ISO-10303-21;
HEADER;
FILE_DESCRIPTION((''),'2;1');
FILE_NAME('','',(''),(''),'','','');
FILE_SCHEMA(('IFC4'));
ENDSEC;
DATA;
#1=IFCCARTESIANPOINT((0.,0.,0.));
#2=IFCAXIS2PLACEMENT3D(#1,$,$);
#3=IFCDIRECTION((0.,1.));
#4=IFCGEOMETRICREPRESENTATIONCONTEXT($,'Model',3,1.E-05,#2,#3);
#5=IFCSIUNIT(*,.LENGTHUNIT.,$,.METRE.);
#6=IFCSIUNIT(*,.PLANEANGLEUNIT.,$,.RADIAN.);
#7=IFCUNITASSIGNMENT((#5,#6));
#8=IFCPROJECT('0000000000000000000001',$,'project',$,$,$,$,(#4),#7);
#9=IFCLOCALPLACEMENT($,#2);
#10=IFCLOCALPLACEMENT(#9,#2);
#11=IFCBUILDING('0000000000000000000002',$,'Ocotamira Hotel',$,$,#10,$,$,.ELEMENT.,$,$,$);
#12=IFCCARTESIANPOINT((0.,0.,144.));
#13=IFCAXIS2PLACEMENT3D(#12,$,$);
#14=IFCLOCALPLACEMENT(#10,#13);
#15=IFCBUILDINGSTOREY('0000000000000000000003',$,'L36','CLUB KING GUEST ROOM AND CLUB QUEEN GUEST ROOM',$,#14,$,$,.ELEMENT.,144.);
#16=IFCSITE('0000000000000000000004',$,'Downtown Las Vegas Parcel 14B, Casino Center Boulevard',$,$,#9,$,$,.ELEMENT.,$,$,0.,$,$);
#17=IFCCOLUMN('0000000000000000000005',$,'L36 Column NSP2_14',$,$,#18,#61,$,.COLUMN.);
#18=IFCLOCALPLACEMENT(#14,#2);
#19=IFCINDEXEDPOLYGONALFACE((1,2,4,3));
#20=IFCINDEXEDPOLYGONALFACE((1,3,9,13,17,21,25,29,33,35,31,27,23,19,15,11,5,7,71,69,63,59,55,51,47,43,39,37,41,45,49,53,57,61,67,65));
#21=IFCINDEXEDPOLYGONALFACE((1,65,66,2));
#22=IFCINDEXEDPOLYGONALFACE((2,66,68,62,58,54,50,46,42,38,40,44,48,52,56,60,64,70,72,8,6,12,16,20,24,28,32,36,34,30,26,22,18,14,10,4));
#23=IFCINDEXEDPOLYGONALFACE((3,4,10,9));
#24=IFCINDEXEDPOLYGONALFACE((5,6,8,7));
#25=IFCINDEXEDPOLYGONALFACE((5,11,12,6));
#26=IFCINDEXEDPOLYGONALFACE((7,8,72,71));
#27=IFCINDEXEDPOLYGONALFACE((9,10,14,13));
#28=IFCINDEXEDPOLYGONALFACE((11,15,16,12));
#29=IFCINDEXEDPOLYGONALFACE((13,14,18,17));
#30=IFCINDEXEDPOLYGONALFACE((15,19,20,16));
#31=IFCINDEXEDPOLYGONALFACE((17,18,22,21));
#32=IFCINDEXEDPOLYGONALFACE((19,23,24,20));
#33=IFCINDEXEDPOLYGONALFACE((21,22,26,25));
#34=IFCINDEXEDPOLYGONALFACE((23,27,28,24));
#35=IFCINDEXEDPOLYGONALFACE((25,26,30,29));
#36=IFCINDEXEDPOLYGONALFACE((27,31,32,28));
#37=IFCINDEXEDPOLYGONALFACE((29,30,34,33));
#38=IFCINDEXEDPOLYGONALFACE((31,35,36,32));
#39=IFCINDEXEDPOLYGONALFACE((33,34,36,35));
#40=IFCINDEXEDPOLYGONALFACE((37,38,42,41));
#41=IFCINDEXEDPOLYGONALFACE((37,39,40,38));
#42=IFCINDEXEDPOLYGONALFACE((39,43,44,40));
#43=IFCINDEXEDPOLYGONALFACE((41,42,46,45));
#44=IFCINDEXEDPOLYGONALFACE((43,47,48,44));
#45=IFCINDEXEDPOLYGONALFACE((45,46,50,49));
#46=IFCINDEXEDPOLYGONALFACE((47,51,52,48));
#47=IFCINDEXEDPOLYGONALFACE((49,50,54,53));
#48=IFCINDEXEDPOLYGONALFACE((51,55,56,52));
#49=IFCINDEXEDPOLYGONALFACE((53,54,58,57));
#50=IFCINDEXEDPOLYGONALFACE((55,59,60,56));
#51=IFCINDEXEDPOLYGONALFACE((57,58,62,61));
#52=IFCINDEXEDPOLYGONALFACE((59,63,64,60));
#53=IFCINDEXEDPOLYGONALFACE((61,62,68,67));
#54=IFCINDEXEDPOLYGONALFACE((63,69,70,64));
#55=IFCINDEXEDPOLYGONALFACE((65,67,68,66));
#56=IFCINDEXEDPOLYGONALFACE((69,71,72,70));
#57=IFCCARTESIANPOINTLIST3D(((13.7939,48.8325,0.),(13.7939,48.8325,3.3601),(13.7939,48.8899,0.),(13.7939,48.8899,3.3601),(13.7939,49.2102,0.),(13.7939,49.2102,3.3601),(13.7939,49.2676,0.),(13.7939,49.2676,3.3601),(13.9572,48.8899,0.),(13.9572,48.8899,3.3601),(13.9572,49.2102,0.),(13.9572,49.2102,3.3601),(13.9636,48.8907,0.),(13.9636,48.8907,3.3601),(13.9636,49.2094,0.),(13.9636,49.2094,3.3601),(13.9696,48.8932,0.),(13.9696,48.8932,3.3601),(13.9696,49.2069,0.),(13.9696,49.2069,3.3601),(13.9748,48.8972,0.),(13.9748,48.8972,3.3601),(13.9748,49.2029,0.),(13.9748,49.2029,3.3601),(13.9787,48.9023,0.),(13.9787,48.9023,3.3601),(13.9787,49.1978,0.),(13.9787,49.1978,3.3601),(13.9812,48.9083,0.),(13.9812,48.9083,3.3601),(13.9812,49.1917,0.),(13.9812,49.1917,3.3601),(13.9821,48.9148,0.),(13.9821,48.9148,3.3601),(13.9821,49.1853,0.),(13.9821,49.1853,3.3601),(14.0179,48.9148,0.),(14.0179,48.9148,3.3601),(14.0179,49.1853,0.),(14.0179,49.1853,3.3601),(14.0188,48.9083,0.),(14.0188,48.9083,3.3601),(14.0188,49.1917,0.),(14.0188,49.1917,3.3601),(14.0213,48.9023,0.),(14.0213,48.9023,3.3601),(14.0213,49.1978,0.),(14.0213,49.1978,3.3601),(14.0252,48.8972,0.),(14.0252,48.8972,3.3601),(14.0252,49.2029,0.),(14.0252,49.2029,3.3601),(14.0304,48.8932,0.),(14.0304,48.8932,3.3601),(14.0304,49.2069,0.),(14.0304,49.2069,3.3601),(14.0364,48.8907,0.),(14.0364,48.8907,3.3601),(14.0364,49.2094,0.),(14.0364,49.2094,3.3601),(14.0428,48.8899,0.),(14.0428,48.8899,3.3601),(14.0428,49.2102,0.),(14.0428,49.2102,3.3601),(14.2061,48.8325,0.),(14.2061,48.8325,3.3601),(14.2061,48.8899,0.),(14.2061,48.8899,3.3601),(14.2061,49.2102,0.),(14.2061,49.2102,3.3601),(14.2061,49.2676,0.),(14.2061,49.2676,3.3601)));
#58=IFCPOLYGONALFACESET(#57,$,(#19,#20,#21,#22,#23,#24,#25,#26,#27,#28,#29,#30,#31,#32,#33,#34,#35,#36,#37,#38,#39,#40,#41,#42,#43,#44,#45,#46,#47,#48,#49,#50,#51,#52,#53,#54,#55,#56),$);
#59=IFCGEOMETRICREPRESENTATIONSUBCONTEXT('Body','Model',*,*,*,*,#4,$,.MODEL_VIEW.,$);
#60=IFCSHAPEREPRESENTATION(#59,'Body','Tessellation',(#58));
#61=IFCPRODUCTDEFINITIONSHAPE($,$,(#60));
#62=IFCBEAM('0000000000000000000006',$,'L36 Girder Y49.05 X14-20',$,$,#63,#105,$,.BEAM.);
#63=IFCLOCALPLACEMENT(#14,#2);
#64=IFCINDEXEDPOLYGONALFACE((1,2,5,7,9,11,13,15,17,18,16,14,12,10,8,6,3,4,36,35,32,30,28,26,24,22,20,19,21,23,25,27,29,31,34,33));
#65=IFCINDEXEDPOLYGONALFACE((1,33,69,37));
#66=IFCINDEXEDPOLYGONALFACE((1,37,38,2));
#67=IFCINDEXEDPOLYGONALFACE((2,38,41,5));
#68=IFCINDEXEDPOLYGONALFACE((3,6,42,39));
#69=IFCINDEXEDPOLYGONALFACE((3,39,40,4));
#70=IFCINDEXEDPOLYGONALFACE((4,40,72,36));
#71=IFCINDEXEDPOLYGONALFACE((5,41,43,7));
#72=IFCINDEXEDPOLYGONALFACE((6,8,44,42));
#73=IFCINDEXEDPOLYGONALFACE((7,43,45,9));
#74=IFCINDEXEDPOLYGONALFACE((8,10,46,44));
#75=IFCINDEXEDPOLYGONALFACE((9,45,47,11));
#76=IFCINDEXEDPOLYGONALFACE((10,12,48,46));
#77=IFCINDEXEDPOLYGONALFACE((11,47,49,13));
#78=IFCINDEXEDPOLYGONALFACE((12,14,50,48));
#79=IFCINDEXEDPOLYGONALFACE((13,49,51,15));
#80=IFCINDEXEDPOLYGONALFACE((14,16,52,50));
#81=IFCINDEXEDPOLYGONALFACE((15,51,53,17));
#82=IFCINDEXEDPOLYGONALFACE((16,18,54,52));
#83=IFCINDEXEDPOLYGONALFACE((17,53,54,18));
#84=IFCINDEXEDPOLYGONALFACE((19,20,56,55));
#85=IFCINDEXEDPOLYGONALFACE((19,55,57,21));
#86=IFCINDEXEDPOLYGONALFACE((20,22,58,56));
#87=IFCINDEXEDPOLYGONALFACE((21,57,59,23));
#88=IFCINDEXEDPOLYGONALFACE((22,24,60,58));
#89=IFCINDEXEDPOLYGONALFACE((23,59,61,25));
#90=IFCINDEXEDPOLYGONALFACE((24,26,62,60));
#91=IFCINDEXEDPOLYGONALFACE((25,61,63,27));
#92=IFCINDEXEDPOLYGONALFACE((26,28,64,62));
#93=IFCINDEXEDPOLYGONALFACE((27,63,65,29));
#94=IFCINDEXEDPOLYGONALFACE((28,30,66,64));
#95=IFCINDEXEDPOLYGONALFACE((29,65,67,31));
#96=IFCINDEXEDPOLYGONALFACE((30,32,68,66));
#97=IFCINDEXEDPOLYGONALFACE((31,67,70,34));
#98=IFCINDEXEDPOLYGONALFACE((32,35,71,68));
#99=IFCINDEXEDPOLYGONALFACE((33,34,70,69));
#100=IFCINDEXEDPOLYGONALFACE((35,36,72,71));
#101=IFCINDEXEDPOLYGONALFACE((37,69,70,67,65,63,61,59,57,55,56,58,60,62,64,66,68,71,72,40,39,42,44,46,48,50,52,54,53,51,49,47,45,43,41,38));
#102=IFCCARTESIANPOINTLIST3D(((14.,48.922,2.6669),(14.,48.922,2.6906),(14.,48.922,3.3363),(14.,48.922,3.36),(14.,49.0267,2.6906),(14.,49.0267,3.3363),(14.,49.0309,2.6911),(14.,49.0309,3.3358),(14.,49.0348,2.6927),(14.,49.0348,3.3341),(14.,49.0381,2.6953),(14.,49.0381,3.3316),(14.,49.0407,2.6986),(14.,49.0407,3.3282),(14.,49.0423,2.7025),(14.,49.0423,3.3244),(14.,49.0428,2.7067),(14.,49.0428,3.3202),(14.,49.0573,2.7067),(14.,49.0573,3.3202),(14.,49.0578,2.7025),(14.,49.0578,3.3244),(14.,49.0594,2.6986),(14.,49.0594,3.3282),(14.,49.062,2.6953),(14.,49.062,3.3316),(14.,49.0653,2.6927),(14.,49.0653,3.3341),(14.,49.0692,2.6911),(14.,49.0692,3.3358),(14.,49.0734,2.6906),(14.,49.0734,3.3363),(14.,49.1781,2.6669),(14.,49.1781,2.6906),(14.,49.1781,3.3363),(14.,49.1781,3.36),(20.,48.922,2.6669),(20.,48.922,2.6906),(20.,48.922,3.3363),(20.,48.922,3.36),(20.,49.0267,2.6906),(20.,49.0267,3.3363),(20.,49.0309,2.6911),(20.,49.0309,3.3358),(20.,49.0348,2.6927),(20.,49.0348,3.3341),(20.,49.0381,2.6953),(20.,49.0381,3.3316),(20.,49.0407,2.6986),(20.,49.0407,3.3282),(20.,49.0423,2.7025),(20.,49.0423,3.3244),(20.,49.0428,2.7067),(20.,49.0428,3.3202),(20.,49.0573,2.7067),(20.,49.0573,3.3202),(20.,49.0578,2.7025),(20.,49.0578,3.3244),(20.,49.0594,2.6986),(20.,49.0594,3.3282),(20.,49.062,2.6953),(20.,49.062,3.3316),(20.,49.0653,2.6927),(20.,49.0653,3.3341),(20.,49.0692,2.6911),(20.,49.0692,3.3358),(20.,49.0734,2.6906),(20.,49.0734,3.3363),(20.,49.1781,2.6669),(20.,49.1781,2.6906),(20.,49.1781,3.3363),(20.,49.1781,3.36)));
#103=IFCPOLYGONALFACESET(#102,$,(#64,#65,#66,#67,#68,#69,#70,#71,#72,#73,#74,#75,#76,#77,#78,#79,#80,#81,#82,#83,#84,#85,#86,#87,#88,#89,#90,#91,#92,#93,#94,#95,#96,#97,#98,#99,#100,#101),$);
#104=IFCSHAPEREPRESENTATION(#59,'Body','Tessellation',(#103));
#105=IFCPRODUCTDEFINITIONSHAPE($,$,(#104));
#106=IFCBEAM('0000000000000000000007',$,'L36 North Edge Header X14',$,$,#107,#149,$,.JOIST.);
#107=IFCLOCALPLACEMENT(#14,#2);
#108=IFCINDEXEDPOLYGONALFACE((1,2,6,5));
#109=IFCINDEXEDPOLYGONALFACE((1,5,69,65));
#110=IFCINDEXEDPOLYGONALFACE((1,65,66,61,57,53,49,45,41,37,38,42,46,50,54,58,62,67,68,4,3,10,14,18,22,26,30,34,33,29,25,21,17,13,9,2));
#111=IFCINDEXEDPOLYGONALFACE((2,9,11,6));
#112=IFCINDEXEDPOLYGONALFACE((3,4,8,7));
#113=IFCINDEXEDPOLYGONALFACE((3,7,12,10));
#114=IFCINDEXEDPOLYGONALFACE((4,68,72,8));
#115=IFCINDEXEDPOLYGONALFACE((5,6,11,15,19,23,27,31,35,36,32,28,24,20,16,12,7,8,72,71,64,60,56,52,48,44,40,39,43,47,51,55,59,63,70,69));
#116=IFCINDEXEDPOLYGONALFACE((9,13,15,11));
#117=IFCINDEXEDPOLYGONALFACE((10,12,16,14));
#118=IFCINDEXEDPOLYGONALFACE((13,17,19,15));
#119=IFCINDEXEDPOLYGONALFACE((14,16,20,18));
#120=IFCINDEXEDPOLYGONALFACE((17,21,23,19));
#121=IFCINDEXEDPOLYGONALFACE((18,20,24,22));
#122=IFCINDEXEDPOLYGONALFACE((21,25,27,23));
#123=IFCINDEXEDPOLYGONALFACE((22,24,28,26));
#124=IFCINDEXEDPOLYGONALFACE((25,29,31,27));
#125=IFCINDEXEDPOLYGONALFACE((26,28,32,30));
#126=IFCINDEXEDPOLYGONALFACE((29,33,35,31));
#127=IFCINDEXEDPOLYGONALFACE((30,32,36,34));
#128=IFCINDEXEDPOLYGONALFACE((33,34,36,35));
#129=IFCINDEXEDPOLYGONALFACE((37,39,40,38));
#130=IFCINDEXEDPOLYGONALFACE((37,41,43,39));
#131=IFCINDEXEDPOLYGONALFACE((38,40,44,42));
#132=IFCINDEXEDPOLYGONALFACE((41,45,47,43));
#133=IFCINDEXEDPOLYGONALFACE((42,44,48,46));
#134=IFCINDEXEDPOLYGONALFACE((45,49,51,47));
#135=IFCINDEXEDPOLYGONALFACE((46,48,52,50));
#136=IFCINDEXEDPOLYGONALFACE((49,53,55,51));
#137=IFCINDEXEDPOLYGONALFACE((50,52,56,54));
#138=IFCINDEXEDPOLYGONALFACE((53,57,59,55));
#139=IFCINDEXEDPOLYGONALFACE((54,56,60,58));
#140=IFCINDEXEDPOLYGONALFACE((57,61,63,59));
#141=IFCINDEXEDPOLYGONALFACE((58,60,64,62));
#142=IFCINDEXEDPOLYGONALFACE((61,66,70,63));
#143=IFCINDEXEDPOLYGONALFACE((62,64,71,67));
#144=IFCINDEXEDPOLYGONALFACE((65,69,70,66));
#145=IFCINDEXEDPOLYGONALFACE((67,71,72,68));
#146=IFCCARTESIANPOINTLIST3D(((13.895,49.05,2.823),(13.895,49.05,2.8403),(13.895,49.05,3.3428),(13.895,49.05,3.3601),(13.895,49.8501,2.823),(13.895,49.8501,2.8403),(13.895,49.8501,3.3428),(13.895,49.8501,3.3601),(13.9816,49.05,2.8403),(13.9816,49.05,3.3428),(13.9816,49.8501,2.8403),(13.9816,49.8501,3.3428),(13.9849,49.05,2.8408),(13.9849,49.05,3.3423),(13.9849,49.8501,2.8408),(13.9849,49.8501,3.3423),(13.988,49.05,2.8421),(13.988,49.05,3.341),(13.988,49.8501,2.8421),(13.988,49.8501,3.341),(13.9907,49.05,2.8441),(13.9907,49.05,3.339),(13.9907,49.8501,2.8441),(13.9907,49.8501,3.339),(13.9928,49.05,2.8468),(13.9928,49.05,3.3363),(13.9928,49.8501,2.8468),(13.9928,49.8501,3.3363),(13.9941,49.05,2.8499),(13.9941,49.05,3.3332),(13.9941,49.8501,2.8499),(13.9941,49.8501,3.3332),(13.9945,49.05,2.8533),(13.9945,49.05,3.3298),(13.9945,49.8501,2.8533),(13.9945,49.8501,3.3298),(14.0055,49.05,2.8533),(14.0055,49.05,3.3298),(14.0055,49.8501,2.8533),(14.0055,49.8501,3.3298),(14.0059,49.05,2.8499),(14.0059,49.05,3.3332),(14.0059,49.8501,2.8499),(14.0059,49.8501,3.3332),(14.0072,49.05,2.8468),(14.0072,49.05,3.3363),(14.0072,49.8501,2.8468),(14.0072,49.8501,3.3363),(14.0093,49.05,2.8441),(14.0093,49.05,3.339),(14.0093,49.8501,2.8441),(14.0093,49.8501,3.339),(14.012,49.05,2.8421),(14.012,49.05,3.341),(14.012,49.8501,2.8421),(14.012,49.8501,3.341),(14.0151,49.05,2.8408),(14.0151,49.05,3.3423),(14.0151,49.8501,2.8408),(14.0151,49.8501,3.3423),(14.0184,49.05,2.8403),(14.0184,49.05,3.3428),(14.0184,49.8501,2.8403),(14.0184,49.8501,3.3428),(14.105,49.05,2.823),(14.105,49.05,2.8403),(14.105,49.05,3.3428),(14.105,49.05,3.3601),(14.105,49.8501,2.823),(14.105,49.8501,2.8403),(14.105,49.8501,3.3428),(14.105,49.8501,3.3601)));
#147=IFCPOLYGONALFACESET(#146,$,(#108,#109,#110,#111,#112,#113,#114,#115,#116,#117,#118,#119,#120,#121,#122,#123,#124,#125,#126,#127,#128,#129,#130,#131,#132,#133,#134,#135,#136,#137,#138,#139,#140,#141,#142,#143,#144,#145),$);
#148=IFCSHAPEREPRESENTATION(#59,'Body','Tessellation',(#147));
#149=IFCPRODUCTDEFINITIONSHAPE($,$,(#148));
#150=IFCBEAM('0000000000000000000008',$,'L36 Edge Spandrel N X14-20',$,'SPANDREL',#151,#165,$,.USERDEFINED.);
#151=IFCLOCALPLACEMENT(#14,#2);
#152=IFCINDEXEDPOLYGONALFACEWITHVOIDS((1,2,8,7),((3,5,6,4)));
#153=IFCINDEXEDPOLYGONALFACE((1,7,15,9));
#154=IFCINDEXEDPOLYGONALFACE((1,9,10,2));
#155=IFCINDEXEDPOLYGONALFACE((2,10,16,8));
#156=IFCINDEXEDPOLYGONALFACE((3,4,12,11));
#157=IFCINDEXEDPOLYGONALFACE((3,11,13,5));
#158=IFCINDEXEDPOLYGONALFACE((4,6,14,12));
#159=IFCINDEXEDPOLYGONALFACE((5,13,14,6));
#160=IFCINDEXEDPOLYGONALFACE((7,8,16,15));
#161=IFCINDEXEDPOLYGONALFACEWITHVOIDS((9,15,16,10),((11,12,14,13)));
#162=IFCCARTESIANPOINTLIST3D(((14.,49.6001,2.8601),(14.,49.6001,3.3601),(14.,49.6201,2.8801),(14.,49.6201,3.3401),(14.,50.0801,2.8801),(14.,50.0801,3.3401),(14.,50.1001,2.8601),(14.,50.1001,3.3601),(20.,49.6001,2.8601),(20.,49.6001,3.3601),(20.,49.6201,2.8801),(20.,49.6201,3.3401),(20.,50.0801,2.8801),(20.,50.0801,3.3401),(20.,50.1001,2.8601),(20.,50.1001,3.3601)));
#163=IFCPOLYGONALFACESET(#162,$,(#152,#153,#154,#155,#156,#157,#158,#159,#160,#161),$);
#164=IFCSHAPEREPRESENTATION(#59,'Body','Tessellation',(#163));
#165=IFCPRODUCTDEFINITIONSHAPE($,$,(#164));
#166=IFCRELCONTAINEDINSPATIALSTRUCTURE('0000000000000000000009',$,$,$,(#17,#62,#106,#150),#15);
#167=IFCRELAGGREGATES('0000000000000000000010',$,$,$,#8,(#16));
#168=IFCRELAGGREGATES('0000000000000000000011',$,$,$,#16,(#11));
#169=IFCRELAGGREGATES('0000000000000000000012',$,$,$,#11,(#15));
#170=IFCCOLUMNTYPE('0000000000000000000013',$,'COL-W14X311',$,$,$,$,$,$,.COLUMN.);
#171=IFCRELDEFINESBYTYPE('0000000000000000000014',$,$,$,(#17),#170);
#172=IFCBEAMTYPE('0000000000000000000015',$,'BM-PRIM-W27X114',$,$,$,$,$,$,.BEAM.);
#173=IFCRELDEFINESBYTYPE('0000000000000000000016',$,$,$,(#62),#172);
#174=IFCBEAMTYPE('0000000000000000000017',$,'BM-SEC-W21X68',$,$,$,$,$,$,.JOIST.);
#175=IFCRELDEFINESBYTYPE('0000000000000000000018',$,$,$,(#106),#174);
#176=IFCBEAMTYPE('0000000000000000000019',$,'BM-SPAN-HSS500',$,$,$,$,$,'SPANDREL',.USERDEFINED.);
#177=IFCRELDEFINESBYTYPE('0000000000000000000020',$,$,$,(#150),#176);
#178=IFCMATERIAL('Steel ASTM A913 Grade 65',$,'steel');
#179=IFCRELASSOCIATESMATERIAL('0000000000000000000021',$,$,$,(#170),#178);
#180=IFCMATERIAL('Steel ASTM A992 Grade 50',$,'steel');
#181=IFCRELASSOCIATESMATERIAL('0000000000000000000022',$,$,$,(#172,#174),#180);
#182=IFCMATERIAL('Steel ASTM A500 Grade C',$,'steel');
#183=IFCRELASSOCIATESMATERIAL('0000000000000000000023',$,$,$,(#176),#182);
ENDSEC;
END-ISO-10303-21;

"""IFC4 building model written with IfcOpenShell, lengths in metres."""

from ifc_helpers import new_model, si_unit, direction, frame, origin, origin_2d, place, context, subcontext, project, spatial, hollow_rectangle, i_section, extrude, source, transform, mapped, material, material_profile, profile_set, type_object, element, save


model = new_model("IFC4")

# Units and contexts
model_context = context("Model", 3, precision=1e-05, world=origin(), true_north=direction((0.0, 1.0)))
body_context = subcontext(model_context, "Body", "Model", "MODEL_VIEW")
ifc_project = project(units=[si_unit("LENGTHUNIT", "METRE"), si_unit("PLANEANGLEUNIT", "RADIAN")], contexts=[model_context])

# Site, building, storey
site_placement = place(None, origin())
site = spatial("IfcSite", under=ifc_project, at=site_placement, Name="Downtown Las Vegas Parcel 14B, Casino Center Boulevard", CompositionType="ELEMENT", RefElevation=0.0)
building_placement = place(site_placement, origin())
building = spatial("IfcBuilding", under=site, at=building_placement, Name="Ocotamira Hotel", CompositionType="ELEMENT")
storey_placement = place(building_placement, frame((0.0, 0.0, 144.0)))
storey = spatial("IfcBuildingStorey", under=building, at=storey_placement, Name="L36", Description="CLUB KING GUEST ROOM AND CLUB QUEEN GUEST ROOM", CompositionType="ELEMENT", Elevation=144.0)

# Column
ifc_material_1 = material(Name="Steel ASTM A913 Grade 65", Category="steel")
ifc_material_profile_1 = material_profile(ifc_material_1, i_section(OverallWidth=0.4121, OverallDepth=0.4351, WebThickness=0.0359, FlangeThickness=0.0574, FilletRadius=0.0249, at=origin_2d()), Name="W14X311")
ifc_profile_set_1 = profile_set([ifc_material_profile_1], Name="Steel ASTM A913 Grade 65")
column_type = type_object("IfcColumnType", Name="COL-W14X311", PredefinedType="COLUMN", material=ifc_profile_set_1)
shared_shape_1 = source(origin(), body_context, "Body", "SweptSolid", [
    extrude(i_section(OverallWidth=0.4121, OverallDepth=0.4351, WebThickness=0.0359, FlangeThickness=0.0574, FilletRadius=0.0249, at=origin_2d()), origin(), (0.0, 0.0, 1.0), 3.3601),
])
column_placement = place(storey_placement, frame((14.0, 49.05, 0.0), z_axis=(0.0, 0.0, 1.0), x_axis=(1.0, 0.0, 0.0)))
element("IfcColumn", 1, at=column_placement, inside=storey, type_object=column_type, Name="L36 Column NSP2_14", PredefinedType="COLUMN", context=body_context, shape_type="MappedRepresentation", body=[
    mapped(shared_shape_1, transform((0.0, 0.0, 0.0), scale=1.0)),
])

# Beams
ifc_material_2 = material(Name="Steel ASTM A992 Grade 50", Category="steel")
ifc_material_profile_2 = material_profile(ifc_material_2, i_section(OverallWidth=0.2561, OverallDepth=0.6931, WebThickness=0.0144, FlangeThickness=0.0237, FilletRadius=0.0161, at=origin_2d()), Name="W27X114")
ifc_profile_set_2 = profile_set([ifc_material_profile_2], Name="Steel ASTM A992 Grade 50")
beam_type_1 = type_object("IfcBeamType", Name="BM-PRIM-W27X114", PredefinedType="BEAM", material=ifc_profile_set_2)
shared_shape_2 = source(origin(), body_context, "Body", "SweptSolid", [
    extrude(i_section(OverallWidth=0.2561, OverallDepth=0.6931, WebThickness=0.0144, FlangeThickness=0.0237, FilletRadius=0.0161, at=origin_2d()), origin(), (0.0, 0.0, 1.0), 6.0),
])
beam_1_placement = place(storey_placement, frame((14.0, 49.05, 3.0134), z_axis=(1.0, 0.0, 0.0), x_axis=(0.0, 1.0, 0.0)))
element("IfcBeam", 2, at=beam_1_placement, inside=storey, type_object=beam_type_1, Name="L36 Girder Y49.05 X14-20", PredefinedType="BEAM", context=body_context, shape_type="MappedRepresentation", body=[
    mapped(shared_shape_2, transform((0.0, 0.0, 0.0), scale=1.0)),
])
ifc_material_profile_3 = material_profile(ifc_material_2, i_section(OverallWidth=0.21, OverallDepth=0.5371, WebThickness=0.011, FlangeThickness=0.0173, FilletRadius=0.0129, at=origin_2d()), Name="W21X68")
ifc_profile_set_3 = profile_set([ifc_material_profile_3], Name="Steel ASTM A992 Grade 50")
beam_type_2 = type_object("IfcBeamType", Name="BM-SEC-W21X68", PredefinedType="JOIST", material=ifc_profile_set_3)
shared_shape_3 = source(origin(), body_context, "Body", "SweptSolid", [
    extrude(i_section(OverallWidth=0.21, OverallDepth=0.5371, WebThickness=0.011, FlangeThickness=0.0173, FilletRadius=0.0129, at=origin_2d()), origin(), (0.0, 0.0, 1.0), 0.8),
])
beam_2_placement = place(storey_placement, frame((14.0, 49.05, 3.0916), z_axis=(0.0, 1.0, 0.0), x_axis=(-1.0, 0.0, 0.0)))
element("IfcBeam", 3, at=beam_2_placement, inside=storey, type_object=beam_type_2, Name="L36 North Edge Header X14", PredefinedType="JOIST", context=body_context, shape_type="MappedRepresentation", body=[
    mapped(shared_shape_3, transform((0.0, 0.0, 0.0), scale=1.0)),
])
ifc_material_3 = material(Name="Steel ASTM A500 Grade C", Category="steel")
ifc_material_profile_4 = material_profile(ifc_material_3, hollow_rectangle(XDim=0.5, YDim=0.5, WallThickness=0.02, at=origin_2d()), Name="HSS500X500X20")
ifc_profile_set_4 = profile_set([ifc_material_profile_4], Name="Steel ASTM A500 Grade C")
beam_type_3 = type_object("IfcBeamType", Name="BM-SPAN-HSS500", ElementType="SPANDREL", PredefinedType="USERDEFINED", material=ifc_profile_set_4)
shared_shape_4 = source(origin(), body_context, "Body", "SweptSolid", [
    extrude(hollow_rectangle(XDim=0.5, YDim=0.5, WallThickness=0.02, at=origin_2d()), origin(), (0.0, 0.0, 1.0), 6.0),
])
beam_3_placement = place(storey_placement, frame((14.0, 49.8501, 3.1101), z_axis=(1.0, 0.0, 0.0), x_axis=(0.0, 1.0, 0.0)))
element("IfcBeam", 4, at=beam_3_placement, inside=storey, type_object=beam_type_3, Name="L36 Edge Spandrel N X14-20", ObjectType="SPANDREL", PredefinedType="USERDEFINED", context=body_context, shape_type="MappedRepresentation", body=[
    mapped(shared_shape_4, transform((0.0, 0.0, 0.0), scale=1.0)),
])

save(model, "model.ifc")
